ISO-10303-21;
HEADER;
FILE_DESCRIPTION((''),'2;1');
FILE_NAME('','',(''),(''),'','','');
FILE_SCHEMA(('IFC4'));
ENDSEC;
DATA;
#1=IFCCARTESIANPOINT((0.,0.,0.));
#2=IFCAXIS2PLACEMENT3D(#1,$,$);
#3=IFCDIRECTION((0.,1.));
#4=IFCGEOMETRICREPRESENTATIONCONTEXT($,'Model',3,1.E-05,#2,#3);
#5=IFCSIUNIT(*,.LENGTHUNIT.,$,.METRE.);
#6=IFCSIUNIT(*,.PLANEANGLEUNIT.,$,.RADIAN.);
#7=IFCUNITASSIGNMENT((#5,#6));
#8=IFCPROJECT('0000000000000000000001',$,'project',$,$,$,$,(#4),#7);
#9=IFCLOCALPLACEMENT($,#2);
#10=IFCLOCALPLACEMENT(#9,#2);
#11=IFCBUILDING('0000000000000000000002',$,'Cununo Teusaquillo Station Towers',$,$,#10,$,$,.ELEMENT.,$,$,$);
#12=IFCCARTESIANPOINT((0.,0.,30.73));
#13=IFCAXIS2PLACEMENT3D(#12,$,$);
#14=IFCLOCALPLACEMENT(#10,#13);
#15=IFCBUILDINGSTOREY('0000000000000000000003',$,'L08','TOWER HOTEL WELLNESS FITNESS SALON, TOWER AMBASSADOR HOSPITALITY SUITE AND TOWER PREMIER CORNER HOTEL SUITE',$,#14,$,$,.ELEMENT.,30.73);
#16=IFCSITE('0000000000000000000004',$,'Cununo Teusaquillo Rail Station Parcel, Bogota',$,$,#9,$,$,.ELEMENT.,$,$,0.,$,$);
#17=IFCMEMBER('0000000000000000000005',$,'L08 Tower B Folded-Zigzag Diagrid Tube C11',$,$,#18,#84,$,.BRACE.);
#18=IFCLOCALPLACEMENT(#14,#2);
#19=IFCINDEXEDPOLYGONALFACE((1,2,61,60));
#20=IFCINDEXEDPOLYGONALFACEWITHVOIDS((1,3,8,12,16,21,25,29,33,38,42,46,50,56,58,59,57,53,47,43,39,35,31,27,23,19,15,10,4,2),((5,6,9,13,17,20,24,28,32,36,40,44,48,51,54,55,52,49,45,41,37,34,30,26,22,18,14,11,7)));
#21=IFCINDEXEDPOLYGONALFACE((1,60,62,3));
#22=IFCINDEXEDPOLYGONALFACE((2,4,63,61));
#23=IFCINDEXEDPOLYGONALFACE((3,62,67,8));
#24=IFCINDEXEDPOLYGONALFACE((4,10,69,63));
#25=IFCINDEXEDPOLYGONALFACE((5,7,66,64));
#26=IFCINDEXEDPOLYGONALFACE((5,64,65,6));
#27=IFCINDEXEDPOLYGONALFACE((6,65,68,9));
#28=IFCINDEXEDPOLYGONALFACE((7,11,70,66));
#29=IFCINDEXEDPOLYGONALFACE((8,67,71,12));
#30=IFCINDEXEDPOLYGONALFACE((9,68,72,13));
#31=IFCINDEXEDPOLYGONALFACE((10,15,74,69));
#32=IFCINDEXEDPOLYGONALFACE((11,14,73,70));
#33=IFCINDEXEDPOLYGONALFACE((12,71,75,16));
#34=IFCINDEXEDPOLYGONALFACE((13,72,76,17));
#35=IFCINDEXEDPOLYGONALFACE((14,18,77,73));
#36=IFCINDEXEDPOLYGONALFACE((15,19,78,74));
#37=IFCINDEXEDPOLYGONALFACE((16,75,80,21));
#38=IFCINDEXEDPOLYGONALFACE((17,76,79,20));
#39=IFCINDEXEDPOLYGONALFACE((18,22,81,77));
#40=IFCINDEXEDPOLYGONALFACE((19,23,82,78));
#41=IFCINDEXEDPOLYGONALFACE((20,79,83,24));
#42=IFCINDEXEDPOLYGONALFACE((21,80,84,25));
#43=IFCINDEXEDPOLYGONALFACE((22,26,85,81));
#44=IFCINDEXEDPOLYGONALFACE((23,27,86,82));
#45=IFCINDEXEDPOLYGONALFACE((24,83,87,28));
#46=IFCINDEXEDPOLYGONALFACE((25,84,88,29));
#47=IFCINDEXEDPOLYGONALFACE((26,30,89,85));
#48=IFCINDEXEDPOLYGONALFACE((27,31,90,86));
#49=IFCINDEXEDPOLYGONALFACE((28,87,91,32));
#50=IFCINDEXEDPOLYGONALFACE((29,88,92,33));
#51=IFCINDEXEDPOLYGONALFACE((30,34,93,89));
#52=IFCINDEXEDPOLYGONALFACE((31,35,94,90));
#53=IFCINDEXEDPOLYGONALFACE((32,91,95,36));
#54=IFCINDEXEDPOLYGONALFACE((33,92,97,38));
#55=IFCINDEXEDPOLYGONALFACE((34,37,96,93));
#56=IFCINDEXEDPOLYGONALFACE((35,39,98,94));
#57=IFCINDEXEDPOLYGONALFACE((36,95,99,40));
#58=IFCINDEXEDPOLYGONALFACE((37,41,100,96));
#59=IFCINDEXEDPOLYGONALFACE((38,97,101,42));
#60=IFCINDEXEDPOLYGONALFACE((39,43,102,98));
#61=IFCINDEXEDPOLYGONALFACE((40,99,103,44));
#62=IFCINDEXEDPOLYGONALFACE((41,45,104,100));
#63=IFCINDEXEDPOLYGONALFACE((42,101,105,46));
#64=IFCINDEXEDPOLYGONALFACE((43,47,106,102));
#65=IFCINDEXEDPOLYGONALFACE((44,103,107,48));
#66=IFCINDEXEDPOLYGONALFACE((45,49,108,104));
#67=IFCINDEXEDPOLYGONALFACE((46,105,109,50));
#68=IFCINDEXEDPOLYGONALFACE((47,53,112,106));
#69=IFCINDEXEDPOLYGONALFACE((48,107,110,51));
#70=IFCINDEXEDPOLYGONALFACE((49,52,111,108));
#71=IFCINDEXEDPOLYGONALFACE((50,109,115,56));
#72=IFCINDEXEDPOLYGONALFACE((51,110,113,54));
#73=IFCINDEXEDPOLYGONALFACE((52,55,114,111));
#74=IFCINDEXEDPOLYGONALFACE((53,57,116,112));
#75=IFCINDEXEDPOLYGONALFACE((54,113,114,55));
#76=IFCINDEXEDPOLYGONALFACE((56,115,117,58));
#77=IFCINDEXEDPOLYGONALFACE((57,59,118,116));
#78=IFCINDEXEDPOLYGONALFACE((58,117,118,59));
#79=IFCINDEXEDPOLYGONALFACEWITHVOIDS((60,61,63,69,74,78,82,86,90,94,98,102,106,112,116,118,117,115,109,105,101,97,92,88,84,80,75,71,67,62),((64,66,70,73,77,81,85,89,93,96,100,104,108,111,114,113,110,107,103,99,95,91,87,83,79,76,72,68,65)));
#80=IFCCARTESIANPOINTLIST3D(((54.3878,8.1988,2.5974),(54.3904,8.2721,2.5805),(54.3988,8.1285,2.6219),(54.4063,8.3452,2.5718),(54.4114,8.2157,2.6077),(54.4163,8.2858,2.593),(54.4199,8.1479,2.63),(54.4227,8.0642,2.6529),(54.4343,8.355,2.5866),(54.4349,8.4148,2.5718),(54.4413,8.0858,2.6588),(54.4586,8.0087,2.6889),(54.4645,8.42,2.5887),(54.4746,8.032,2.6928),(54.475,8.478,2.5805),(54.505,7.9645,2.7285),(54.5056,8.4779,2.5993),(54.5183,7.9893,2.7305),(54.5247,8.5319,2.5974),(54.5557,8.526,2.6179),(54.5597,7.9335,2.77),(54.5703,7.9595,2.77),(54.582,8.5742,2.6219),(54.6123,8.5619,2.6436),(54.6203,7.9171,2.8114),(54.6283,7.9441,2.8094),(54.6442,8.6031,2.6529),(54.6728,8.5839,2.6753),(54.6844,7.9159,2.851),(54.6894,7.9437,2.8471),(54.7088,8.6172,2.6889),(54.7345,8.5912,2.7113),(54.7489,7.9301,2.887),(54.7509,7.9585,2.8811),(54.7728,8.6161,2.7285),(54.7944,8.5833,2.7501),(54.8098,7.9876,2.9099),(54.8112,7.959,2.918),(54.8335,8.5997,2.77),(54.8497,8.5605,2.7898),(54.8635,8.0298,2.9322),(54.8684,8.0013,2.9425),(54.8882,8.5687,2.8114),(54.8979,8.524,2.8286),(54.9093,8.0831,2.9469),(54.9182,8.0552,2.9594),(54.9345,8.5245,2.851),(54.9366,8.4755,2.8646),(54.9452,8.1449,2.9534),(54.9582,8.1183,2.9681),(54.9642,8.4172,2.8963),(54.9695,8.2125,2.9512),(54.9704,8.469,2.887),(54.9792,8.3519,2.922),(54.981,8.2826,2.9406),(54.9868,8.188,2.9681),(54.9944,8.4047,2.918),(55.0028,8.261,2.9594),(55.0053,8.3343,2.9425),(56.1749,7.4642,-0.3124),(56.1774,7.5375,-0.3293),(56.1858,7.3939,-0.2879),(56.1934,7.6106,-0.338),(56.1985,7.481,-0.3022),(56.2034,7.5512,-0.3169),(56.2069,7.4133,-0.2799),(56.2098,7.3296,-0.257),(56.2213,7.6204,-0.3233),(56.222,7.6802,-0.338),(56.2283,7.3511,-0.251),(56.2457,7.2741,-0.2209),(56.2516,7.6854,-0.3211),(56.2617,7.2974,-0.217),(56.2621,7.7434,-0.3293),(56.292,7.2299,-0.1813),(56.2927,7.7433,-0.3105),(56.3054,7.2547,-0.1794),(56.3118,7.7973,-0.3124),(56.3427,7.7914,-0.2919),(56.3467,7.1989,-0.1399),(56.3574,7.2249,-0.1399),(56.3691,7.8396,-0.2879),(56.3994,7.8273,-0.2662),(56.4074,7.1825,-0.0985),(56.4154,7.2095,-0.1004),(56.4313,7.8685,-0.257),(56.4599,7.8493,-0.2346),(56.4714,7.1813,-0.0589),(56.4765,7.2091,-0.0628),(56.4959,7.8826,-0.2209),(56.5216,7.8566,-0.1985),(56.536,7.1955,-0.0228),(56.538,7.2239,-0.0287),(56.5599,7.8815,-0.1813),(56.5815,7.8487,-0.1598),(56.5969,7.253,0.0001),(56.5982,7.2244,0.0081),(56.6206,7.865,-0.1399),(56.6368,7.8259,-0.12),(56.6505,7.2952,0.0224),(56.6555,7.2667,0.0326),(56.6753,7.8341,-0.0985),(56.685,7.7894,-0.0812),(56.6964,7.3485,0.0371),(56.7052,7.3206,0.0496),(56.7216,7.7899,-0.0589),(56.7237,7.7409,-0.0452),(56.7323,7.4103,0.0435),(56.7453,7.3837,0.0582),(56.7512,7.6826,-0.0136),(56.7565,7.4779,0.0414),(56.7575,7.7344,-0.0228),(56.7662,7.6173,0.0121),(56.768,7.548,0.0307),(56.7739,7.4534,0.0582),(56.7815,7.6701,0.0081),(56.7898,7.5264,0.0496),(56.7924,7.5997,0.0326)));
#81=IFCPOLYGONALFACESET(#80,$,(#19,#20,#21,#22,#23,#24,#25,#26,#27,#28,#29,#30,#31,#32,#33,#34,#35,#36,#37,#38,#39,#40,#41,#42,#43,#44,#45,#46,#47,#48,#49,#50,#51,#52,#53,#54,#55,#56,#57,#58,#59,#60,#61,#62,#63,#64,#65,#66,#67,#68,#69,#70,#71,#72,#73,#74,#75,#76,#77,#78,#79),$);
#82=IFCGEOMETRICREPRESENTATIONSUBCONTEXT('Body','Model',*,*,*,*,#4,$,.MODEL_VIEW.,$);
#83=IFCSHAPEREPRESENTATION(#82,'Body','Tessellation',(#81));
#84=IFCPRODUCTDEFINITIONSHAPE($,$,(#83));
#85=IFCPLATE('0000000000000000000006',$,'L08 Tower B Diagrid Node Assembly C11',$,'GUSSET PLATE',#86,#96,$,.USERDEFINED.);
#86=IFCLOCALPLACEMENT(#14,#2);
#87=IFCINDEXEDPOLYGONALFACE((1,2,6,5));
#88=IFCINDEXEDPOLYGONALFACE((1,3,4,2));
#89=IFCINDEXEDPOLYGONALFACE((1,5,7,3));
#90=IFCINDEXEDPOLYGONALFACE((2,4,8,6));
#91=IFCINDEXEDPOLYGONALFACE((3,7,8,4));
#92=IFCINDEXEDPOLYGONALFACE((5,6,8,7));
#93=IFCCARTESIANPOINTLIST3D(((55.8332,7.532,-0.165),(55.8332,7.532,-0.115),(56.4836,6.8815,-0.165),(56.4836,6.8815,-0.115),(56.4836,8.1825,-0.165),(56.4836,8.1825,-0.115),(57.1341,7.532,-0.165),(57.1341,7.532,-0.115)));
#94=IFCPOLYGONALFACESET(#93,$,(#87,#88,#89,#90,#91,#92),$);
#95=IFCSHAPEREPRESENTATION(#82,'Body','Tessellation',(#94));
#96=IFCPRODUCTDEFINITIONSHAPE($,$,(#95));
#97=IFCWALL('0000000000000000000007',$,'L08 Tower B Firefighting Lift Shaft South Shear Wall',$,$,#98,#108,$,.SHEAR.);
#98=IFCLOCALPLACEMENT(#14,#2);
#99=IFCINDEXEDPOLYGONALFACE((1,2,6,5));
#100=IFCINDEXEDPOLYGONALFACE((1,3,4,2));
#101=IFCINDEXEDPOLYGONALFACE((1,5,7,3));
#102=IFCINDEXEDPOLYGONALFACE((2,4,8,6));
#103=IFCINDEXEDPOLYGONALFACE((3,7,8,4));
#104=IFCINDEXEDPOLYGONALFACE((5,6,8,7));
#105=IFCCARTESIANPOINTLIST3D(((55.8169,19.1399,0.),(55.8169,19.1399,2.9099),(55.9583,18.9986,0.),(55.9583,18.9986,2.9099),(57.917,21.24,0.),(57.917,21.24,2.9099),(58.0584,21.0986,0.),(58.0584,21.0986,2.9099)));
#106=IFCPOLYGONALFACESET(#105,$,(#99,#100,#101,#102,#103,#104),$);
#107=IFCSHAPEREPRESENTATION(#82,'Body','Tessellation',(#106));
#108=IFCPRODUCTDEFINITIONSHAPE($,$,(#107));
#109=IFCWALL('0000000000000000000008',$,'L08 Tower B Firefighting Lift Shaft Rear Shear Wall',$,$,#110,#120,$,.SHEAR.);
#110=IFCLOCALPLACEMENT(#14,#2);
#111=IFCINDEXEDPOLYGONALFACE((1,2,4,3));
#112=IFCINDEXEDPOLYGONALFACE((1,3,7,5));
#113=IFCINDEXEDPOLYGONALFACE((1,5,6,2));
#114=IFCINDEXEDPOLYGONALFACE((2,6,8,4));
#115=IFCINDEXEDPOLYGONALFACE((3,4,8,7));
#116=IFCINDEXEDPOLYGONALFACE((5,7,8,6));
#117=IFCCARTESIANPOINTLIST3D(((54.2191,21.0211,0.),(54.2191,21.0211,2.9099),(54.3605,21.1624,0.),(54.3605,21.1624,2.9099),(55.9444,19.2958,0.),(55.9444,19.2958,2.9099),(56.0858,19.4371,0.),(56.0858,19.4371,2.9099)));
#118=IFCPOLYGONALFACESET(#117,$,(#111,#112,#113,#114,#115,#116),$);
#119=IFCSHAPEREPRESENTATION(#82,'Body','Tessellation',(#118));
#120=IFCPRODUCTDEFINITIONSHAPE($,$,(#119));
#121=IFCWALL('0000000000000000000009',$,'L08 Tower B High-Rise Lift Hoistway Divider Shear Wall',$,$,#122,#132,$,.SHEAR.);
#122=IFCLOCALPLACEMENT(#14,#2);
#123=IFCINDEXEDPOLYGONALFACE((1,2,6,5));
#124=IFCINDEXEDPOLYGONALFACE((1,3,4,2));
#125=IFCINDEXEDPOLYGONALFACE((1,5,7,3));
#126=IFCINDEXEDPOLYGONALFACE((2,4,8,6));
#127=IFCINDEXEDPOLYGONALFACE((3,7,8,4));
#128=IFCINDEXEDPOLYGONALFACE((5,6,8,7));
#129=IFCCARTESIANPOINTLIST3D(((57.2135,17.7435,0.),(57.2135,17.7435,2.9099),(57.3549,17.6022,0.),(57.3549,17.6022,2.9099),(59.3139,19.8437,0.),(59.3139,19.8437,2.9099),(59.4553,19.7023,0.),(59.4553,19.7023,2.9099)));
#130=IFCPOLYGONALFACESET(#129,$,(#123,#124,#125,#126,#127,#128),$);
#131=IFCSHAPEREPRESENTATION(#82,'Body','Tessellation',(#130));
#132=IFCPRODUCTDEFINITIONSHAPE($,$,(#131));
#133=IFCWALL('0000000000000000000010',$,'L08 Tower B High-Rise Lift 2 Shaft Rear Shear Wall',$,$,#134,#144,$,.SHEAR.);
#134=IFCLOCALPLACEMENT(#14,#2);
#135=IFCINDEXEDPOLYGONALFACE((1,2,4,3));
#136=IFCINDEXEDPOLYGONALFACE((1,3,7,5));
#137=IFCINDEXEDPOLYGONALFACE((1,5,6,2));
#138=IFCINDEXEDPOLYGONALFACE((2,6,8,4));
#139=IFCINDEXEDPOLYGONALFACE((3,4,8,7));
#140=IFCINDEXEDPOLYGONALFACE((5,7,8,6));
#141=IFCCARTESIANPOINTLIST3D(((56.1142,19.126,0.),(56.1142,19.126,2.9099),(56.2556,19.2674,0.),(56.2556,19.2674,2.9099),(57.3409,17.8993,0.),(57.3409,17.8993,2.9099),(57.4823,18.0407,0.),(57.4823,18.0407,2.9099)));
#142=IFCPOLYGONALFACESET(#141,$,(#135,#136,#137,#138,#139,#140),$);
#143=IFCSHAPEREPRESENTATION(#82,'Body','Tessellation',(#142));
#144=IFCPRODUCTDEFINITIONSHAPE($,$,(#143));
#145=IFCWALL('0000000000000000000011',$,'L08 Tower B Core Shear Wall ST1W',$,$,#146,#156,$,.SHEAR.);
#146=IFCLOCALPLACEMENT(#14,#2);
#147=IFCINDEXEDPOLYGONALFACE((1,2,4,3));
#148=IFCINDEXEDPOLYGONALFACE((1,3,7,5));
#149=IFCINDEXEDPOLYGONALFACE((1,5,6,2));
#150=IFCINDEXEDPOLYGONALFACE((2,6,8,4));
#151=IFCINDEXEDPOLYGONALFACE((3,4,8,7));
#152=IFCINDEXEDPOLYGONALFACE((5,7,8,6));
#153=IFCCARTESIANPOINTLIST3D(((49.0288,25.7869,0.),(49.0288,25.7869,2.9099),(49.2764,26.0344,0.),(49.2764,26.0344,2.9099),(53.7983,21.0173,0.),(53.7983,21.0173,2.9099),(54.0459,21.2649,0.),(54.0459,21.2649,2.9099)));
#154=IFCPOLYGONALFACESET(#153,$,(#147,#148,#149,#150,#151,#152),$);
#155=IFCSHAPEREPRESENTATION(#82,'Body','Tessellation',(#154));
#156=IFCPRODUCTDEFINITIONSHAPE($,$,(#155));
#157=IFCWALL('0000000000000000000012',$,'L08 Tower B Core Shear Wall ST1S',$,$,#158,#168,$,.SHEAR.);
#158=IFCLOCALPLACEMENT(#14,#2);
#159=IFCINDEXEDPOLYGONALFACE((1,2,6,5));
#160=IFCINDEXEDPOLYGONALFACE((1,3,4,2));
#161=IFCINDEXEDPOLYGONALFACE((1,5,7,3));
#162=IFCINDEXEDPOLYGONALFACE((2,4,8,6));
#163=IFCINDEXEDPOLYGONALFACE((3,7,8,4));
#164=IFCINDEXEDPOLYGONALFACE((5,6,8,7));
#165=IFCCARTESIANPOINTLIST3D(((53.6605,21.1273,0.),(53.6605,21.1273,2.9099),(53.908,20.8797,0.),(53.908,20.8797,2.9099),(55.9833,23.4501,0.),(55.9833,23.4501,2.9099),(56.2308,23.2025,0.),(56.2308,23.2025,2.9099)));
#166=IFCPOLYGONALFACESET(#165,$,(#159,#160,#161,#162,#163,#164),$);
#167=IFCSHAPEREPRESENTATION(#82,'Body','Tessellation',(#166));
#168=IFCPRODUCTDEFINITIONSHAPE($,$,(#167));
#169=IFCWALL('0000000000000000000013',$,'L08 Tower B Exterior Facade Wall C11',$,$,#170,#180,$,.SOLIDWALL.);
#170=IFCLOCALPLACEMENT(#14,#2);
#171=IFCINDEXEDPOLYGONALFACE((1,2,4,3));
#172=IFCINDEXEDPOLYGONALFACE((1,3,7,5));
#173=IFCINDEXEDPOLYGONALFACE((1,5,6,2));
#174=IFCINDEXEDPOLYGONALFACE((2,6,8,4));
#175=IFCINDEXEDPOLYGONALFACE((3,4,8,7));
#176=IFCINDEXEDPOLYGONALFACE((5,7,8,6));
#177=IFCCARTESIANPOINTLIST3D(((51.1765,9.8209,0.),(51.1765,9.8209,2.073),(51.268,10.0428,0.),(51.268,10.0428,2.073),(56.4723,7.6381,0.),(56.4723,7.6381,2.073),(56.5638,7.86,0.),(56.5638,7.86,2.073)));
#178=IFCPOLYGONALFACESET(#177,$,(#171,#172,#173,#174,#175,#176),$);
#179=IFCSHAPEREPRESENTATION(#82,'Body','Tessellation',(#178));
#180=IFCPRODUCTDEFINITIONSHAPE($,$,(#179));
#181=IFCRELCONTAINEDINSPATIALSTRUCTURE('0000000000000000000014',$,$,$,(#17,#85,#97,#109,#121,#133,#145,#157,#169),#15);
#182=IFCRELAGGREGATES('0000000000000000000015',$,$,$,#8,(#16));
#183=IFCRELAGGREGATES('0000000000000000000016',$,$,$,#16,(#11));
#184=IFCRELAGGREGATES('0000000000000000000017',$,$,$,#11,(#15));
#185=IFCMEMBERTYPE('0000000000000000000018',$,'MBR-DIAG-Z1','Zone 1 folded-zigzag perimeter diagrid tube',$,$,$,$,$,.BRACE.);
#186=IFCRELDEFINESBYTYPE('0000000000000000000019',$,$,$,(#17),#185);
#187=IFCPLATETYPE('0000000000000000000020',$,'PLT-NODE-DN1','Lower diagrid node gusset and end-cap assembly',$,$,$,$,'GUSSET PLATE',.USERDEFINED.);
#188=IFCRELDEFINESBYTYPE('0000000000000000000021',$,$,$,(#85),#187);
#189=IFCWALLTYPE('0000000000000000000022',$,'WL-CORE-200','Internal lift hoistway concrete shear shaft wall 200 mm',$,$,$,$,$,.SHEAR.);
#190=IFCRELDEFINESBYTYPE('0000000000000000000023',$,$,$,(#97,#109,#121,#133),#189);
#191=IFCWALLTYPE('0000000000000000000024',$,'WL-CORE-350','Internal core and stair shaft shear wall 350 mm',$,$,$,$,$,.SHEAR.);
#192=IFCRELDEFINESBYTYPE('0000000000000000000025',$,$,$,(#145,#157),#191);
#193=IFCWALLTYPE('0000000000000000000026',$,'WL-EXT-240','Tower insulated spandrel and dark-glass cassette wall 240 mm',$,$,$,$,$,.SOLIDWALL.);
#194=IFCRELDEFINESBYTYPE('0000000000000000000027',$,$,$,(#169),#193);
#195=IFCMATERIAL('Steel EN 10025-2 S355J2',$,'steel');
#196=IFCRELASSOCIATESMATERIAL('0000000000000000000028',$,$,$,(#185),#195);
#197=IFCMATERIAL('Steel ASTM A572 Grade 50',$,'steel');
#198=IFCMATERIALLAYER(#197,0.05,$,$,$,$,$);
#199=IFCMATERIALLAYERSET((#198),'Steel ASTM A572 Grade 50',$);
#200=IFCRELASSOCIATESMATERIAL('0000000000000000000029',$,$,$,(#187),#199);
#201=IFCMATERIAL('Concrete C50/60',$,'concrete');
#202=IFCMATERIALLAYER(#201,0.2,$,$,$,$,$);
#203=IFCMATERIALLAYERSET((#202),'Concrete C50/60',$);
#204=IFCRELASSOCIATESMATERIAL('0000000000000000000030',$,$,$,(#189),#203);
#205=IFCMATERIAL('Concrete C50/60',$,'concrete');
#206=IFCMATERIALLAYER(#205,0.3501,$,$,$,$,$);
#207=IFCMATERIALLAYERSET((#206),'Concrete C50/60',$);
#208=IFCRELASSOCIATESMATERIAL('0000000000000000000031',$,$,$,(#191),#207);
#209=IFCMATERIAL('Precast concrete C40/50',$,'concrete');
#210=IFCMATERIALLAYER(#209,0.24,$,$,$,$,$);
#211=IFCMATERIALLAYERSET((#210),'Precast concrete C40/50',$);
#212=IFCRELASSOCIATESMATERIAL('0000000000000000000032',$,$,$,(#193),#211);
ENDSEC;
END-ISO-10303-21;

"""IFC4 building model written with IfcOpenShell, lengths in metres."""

from ifc_helpers import new_model, si_unit, direction, frame, frame_2d, origin, origin_2d, place, context, subcontext, project, spatial, rectangle, hollow_circle, extrude, source, transform, mapped, material, layer, layer_set, material_profile, profile_set, type_object, element, save


model = new_model("IFC4")

# Units and contexts
model_context = context("Model", 3, precision=1e-05, world=origin(), true_north=direction((0.0, 1.0)))
body_context = subcontext(model_context, "Body", "Model", "MODEL_VIEW")
ifc_project = project(units=[si_unit("LENGTHUNIT", "METRE"), si_unit("PLANEANGLEUNIT", "RADIAN")], contexts=[model_context])

# Site, building, storey
site_placement = place(None, origin())
site = spatial("IfcSite", under=ifc_project, at=site_placement, Name="Cununo Teusaquillo Rail Station Parcel, Bogota", CompositionType="ELEMENT", RefElevation=0.0)
building_placement = place(site_placement, origin())
building = spatial("IfcBuilding", under=site, at=building_placement, Name="Cununo Teusaquillo Station Towers", CompositionType="ELEMENT")
storey_placement = place(building_placement, frame((0.0, 0.0, 30.73)))
storey = spatial("IfcBuildingStorey", under=building, at=storey_placement, Name="L08", Description="TOWER HOTEL WELLNESS FITNESS SALON, TOWER AMBASSADOR HOSPITALITY SUITE AND TOWER PREMIER CORNER HOTEL SUITE", CompositionType="ELEMENT", Elevation=30.73)

# Member
ifc_material_1 = material(Name="Steel EN 10025-2 S355J2", Category="steel")
ifc_material_profile_1 = material_profile(ifc_material_1, hollow_circle(Radius=0.3601, WallThickness=0.0281, at=origin_2d()), Name="CHS 720x28")
ifc_profile_set_1 = profile_set([ifc_material_profile_1], Name="Steel EN 10025-2 S355J2")
member_type = type_object("IfcMemberType", Name="MBR-DIAG-Z1", Description="Zone 1 folded-zigzag perimeter diagrid tube", PredefinedType="BRACE", material=ifc_profile_set_1)
member_placement = place(storey_placement, frame((56.4836, 7.532, -0.1399), z_axis=(-0.511627, 0.210312, 0.833071), x_axis=(-0.380197, -0.924906, 0.0)))
element("IfcMember", 1, at=member_placement, inside=storey, type_object=member_type, Name="L08 Tower B Folded-Zigzag Diagrid Tube C11", PredefinedType="BRACE", context=body_context, shape_type="SweptSolid", body=[
    extrude(hollow_circle(Radius=0.3601, WallThickness=0.0281, at=origin_2d()), origin(), (0.0, 0.0, 1.0), 3.4929),
])

# Plate
ifc_material_2 = material(Name="Steel ASTM A572 Grade 50", Category="steel")
ifc_layer_1 = layer(ifc_material_2, 0.05)
ifc_layer_set_1 = layer_set([ifc_layer_1], Name="Steel ASTM A572 Grade 50")
plate_type = type_object("IfcPlateType", Name="PLT-NODE-DN1", Description="Lower diagrid node gusset and end-cap assembly", ElementType="GUSSET PLATE", PredefinedType="USERDEFINED", material=ifc_layer_set_1)
shared_shape_1 = source(origin(), body_context, "Body", "SweptSolid", [
    extrude(rectangle(XDim=0.9199, YDim=0.9199, at=origin_2d()), origin(), (0.0, 0.0, 1.0), 0.05),
])
plate_placement = place(storey_placement, frame((56.4836, 7.532, -0.165), z_axis=(0.0, 0.0, 1.0), x_axis=(0.707107, 0.707107, 0.0)))
element("IfcPlate", 2, at=plate_placement, inside=storey, type_object=plate_type, Name="L08 Tower B Diagrid Node Assembly C11", ObjectType="GUSSET PLATE", PredefinedType="USERDEFINED", context=body_context, shape_type="MappedRepresentation", body=[
    mapped(shared_shape_1, transform((0.0, 0.0, 0.0), x_axis=(1.0, 0.0, 0.0), y_axis=(0.0, 1.0, 0.0), z_axis=(0.0, 0.0, 1.0), scale=1.0)),
])

# Walls
ifc_material_3 = material(Name="Concrete C50/60", Category="concrete")
ifc_layer_2 = layer(ifc_material_3, 0.2)
ifc_layer_set_2 = layer_set([ifc_layer_2], Name="Concrete C50/60")
wall_type_1 = type_object("IfcWallType", Name="WL-CORE-200", Description="Internal lift hoistway concrete shear shaft wall 200 mm", PredefinedType="SHEAR", material=ifc_layer_set_2)
wall_1_placement = place(storey_placement, frame((55.8877, 19.0693, 0.0), z_axis=(0.0, 0.0, 1.0), x_axis=(0.707107, 0.707107, 0.0)))
element("IfcWall", 3, at=wall_1_placement, inside=storey, type_object=wall_type_1, Name="L08 Tower B Firefighting Lift Shaft South Shear Wall", PredefinedType="SHEAR", context=body_context, shape_type="SweptSolid", body=[
    extrude(rectangle(XDim=2.97, YDim=0.2, at=frame_2d((1.4849, 0.0))), origin(), (0.0, 0.0, 1.0), 2.9099),
])
wall_2_placement = place(storey_placement, frame((56.0151, 19.3665, 0.0), z_axis=(0.0, 0.0, 1.0), x_axis=(-0.707107, 0.707107, 0.0)))
element("IfcWall", 4, at=wall_2_placement, inside=storey, type_object=wall_type_1, Name="L08 Tower B Firefighting Lift Shaft Rear Shear Wall", PredefinedType="SHEAR", context=body_context, shape_type="SweptSolid", body=[
    extrude(rectangle(XDim=2.4399, YDim=0.2, at=frame_2d((1.22, 0.0))), origin(), (0.0, 0.0, 1.0), 2.9099),
])
wall_3_placement = place(storey_placement, frame((57.2842, 17.6729, 0.0), z_axis=(0.0, 0.0, 1.0), x_axis=(0.707148, 0.707066, 0.0)))
element("IfcWall", 5, at=wall_3_placement, inside=storey, type_object=wall_type_1, Name="L08 Tower B High-Rise Lift Hoistway Divider Shear Wall", PredefinedType="SHEAR", context=body_context, shape_type="SweptSolid", body=[
    extrude(rectangle(XDim=2.9702, YDim=0.2, at=frame_2d((1.4851, 0.0))), origin(), (0.0, 0.0, 1.0), 2.9099),
])
wall_4_placement = place(storey_placement, frame((57.4116, 17.97, 0.0), z_axis=(0.0, 0.0, 1.0), x_axis=(-0.707107, 0.707107, 0.0)))
element("IfcWall", 6, at=wall_4_placement, inside=storey, type_object=wall_type_1, Name="L08 Tower B High-Rise Lift 2 Shaft Rear Shear Wall", PredefinedType="SHEAR", context=body_context, shape_type="SweptSolid", body=[
    extrude(rectangle(XDim=1.7349, YDim=0.2, at=frame_2d((0.8674, 0.0))), origin(), (0.0, 0.0, 1.0), 2.9099),
])
ifc_material_4 = material(Name="Concrete C50/60", Category="concrete")
ifc_layer_3 = layer(ifc_material_4, 0.3501)
ifc_layer_set_3 = layer_set([ifc_layer_3], Name="Concrete C50/60")
wall_type_2 = type_object("IfcWallType", Name="WL-CORE-350", Description="Internal core and stair shaft shear wall 350 mm", PredefinedType="SHEAR", material=ifc_layer_set_3)
wall_5_placement = place(storey_placement, frame((53.9221, 21.1411, 0.0), z_axis=(0.0, 0.0, 1.0), x_axis=(-0.707107, 0.707107, 0.0)))
element("IfcWall", 7, at=wall_5_placement, inside=storey, type_object=wall_type_2, Name="L08 Tower B Core Shear Wall ST1W", PredefinedType="SHEAR", context=body_context, shape_type="SweptSolid", body=[
    extrude(rectangle(XDim=6.7451, YDim=0.3501, at=frame_2d((3.3726, 0.0))), origin(), (0.0, 0.0, 1.0), 2.9099),
])
wall_6_placement = place(storey_placement, frame((53.7842, 21.0034, 0.0), z_axis=(0.0, 0.0, 1.0), x_axis=(0.707107, 0.707107, 0.0)))
element("IfcWall", 8, at=wall_6_placement, inside=storey, type_object=wall_type_2, Name="L08 Tower B Core Shear Wall ST1S", PredefinedType="SHEAR", context=body_context, shape_type="SweptSolid", body=[
    extrude(rectangle(XDim=3.2849, YDim=0.3501, at=frame_2d((1.6426, 0.0))), origin(), (0.0, 0.0, 1.0), 2.9099),
])
ifc_material_5 = material(Name="Precast concrete C40/50", Category="concrete")
ifc_layer_4 = layer(ifc_material_5, 0.24)
ifc_layer_set_4 = layer_set([ifc_layer_4], Name="Precast concrete C40/50")
wall_type_3 = type_object("IfcWallType", Name="WL-EXT-240", Description="Tower insulated spandrel and dark-glass cassette wall 240 mm", PredefinedType="SOLIDWALL", material=ifc_layer_set_4)
wall_7_placement = place(storey_placement, frame((56.5181, 7.749, 0.0), z_axis=(0.0, 0.0, 1.0), x_axis=(-0.924543, 0.381078, 0.0)))
element("IfcWall", 9, at=wall_7_placement, inside=storey, type_object=wall_type_3, Name="L08 Tower B Exterior Facade Wall C11", PredefinedType="SOLIDWALL", context=body_context, shape_type="SweptSolid", body=[
    extrude(rectangle(XDim=5.728, YDim=0.24, at=frame_2d((2.864, 0.0))), origin(), (0.0, 0.0, 1.0), 2.073),
])

save(model, "model.ifc")
